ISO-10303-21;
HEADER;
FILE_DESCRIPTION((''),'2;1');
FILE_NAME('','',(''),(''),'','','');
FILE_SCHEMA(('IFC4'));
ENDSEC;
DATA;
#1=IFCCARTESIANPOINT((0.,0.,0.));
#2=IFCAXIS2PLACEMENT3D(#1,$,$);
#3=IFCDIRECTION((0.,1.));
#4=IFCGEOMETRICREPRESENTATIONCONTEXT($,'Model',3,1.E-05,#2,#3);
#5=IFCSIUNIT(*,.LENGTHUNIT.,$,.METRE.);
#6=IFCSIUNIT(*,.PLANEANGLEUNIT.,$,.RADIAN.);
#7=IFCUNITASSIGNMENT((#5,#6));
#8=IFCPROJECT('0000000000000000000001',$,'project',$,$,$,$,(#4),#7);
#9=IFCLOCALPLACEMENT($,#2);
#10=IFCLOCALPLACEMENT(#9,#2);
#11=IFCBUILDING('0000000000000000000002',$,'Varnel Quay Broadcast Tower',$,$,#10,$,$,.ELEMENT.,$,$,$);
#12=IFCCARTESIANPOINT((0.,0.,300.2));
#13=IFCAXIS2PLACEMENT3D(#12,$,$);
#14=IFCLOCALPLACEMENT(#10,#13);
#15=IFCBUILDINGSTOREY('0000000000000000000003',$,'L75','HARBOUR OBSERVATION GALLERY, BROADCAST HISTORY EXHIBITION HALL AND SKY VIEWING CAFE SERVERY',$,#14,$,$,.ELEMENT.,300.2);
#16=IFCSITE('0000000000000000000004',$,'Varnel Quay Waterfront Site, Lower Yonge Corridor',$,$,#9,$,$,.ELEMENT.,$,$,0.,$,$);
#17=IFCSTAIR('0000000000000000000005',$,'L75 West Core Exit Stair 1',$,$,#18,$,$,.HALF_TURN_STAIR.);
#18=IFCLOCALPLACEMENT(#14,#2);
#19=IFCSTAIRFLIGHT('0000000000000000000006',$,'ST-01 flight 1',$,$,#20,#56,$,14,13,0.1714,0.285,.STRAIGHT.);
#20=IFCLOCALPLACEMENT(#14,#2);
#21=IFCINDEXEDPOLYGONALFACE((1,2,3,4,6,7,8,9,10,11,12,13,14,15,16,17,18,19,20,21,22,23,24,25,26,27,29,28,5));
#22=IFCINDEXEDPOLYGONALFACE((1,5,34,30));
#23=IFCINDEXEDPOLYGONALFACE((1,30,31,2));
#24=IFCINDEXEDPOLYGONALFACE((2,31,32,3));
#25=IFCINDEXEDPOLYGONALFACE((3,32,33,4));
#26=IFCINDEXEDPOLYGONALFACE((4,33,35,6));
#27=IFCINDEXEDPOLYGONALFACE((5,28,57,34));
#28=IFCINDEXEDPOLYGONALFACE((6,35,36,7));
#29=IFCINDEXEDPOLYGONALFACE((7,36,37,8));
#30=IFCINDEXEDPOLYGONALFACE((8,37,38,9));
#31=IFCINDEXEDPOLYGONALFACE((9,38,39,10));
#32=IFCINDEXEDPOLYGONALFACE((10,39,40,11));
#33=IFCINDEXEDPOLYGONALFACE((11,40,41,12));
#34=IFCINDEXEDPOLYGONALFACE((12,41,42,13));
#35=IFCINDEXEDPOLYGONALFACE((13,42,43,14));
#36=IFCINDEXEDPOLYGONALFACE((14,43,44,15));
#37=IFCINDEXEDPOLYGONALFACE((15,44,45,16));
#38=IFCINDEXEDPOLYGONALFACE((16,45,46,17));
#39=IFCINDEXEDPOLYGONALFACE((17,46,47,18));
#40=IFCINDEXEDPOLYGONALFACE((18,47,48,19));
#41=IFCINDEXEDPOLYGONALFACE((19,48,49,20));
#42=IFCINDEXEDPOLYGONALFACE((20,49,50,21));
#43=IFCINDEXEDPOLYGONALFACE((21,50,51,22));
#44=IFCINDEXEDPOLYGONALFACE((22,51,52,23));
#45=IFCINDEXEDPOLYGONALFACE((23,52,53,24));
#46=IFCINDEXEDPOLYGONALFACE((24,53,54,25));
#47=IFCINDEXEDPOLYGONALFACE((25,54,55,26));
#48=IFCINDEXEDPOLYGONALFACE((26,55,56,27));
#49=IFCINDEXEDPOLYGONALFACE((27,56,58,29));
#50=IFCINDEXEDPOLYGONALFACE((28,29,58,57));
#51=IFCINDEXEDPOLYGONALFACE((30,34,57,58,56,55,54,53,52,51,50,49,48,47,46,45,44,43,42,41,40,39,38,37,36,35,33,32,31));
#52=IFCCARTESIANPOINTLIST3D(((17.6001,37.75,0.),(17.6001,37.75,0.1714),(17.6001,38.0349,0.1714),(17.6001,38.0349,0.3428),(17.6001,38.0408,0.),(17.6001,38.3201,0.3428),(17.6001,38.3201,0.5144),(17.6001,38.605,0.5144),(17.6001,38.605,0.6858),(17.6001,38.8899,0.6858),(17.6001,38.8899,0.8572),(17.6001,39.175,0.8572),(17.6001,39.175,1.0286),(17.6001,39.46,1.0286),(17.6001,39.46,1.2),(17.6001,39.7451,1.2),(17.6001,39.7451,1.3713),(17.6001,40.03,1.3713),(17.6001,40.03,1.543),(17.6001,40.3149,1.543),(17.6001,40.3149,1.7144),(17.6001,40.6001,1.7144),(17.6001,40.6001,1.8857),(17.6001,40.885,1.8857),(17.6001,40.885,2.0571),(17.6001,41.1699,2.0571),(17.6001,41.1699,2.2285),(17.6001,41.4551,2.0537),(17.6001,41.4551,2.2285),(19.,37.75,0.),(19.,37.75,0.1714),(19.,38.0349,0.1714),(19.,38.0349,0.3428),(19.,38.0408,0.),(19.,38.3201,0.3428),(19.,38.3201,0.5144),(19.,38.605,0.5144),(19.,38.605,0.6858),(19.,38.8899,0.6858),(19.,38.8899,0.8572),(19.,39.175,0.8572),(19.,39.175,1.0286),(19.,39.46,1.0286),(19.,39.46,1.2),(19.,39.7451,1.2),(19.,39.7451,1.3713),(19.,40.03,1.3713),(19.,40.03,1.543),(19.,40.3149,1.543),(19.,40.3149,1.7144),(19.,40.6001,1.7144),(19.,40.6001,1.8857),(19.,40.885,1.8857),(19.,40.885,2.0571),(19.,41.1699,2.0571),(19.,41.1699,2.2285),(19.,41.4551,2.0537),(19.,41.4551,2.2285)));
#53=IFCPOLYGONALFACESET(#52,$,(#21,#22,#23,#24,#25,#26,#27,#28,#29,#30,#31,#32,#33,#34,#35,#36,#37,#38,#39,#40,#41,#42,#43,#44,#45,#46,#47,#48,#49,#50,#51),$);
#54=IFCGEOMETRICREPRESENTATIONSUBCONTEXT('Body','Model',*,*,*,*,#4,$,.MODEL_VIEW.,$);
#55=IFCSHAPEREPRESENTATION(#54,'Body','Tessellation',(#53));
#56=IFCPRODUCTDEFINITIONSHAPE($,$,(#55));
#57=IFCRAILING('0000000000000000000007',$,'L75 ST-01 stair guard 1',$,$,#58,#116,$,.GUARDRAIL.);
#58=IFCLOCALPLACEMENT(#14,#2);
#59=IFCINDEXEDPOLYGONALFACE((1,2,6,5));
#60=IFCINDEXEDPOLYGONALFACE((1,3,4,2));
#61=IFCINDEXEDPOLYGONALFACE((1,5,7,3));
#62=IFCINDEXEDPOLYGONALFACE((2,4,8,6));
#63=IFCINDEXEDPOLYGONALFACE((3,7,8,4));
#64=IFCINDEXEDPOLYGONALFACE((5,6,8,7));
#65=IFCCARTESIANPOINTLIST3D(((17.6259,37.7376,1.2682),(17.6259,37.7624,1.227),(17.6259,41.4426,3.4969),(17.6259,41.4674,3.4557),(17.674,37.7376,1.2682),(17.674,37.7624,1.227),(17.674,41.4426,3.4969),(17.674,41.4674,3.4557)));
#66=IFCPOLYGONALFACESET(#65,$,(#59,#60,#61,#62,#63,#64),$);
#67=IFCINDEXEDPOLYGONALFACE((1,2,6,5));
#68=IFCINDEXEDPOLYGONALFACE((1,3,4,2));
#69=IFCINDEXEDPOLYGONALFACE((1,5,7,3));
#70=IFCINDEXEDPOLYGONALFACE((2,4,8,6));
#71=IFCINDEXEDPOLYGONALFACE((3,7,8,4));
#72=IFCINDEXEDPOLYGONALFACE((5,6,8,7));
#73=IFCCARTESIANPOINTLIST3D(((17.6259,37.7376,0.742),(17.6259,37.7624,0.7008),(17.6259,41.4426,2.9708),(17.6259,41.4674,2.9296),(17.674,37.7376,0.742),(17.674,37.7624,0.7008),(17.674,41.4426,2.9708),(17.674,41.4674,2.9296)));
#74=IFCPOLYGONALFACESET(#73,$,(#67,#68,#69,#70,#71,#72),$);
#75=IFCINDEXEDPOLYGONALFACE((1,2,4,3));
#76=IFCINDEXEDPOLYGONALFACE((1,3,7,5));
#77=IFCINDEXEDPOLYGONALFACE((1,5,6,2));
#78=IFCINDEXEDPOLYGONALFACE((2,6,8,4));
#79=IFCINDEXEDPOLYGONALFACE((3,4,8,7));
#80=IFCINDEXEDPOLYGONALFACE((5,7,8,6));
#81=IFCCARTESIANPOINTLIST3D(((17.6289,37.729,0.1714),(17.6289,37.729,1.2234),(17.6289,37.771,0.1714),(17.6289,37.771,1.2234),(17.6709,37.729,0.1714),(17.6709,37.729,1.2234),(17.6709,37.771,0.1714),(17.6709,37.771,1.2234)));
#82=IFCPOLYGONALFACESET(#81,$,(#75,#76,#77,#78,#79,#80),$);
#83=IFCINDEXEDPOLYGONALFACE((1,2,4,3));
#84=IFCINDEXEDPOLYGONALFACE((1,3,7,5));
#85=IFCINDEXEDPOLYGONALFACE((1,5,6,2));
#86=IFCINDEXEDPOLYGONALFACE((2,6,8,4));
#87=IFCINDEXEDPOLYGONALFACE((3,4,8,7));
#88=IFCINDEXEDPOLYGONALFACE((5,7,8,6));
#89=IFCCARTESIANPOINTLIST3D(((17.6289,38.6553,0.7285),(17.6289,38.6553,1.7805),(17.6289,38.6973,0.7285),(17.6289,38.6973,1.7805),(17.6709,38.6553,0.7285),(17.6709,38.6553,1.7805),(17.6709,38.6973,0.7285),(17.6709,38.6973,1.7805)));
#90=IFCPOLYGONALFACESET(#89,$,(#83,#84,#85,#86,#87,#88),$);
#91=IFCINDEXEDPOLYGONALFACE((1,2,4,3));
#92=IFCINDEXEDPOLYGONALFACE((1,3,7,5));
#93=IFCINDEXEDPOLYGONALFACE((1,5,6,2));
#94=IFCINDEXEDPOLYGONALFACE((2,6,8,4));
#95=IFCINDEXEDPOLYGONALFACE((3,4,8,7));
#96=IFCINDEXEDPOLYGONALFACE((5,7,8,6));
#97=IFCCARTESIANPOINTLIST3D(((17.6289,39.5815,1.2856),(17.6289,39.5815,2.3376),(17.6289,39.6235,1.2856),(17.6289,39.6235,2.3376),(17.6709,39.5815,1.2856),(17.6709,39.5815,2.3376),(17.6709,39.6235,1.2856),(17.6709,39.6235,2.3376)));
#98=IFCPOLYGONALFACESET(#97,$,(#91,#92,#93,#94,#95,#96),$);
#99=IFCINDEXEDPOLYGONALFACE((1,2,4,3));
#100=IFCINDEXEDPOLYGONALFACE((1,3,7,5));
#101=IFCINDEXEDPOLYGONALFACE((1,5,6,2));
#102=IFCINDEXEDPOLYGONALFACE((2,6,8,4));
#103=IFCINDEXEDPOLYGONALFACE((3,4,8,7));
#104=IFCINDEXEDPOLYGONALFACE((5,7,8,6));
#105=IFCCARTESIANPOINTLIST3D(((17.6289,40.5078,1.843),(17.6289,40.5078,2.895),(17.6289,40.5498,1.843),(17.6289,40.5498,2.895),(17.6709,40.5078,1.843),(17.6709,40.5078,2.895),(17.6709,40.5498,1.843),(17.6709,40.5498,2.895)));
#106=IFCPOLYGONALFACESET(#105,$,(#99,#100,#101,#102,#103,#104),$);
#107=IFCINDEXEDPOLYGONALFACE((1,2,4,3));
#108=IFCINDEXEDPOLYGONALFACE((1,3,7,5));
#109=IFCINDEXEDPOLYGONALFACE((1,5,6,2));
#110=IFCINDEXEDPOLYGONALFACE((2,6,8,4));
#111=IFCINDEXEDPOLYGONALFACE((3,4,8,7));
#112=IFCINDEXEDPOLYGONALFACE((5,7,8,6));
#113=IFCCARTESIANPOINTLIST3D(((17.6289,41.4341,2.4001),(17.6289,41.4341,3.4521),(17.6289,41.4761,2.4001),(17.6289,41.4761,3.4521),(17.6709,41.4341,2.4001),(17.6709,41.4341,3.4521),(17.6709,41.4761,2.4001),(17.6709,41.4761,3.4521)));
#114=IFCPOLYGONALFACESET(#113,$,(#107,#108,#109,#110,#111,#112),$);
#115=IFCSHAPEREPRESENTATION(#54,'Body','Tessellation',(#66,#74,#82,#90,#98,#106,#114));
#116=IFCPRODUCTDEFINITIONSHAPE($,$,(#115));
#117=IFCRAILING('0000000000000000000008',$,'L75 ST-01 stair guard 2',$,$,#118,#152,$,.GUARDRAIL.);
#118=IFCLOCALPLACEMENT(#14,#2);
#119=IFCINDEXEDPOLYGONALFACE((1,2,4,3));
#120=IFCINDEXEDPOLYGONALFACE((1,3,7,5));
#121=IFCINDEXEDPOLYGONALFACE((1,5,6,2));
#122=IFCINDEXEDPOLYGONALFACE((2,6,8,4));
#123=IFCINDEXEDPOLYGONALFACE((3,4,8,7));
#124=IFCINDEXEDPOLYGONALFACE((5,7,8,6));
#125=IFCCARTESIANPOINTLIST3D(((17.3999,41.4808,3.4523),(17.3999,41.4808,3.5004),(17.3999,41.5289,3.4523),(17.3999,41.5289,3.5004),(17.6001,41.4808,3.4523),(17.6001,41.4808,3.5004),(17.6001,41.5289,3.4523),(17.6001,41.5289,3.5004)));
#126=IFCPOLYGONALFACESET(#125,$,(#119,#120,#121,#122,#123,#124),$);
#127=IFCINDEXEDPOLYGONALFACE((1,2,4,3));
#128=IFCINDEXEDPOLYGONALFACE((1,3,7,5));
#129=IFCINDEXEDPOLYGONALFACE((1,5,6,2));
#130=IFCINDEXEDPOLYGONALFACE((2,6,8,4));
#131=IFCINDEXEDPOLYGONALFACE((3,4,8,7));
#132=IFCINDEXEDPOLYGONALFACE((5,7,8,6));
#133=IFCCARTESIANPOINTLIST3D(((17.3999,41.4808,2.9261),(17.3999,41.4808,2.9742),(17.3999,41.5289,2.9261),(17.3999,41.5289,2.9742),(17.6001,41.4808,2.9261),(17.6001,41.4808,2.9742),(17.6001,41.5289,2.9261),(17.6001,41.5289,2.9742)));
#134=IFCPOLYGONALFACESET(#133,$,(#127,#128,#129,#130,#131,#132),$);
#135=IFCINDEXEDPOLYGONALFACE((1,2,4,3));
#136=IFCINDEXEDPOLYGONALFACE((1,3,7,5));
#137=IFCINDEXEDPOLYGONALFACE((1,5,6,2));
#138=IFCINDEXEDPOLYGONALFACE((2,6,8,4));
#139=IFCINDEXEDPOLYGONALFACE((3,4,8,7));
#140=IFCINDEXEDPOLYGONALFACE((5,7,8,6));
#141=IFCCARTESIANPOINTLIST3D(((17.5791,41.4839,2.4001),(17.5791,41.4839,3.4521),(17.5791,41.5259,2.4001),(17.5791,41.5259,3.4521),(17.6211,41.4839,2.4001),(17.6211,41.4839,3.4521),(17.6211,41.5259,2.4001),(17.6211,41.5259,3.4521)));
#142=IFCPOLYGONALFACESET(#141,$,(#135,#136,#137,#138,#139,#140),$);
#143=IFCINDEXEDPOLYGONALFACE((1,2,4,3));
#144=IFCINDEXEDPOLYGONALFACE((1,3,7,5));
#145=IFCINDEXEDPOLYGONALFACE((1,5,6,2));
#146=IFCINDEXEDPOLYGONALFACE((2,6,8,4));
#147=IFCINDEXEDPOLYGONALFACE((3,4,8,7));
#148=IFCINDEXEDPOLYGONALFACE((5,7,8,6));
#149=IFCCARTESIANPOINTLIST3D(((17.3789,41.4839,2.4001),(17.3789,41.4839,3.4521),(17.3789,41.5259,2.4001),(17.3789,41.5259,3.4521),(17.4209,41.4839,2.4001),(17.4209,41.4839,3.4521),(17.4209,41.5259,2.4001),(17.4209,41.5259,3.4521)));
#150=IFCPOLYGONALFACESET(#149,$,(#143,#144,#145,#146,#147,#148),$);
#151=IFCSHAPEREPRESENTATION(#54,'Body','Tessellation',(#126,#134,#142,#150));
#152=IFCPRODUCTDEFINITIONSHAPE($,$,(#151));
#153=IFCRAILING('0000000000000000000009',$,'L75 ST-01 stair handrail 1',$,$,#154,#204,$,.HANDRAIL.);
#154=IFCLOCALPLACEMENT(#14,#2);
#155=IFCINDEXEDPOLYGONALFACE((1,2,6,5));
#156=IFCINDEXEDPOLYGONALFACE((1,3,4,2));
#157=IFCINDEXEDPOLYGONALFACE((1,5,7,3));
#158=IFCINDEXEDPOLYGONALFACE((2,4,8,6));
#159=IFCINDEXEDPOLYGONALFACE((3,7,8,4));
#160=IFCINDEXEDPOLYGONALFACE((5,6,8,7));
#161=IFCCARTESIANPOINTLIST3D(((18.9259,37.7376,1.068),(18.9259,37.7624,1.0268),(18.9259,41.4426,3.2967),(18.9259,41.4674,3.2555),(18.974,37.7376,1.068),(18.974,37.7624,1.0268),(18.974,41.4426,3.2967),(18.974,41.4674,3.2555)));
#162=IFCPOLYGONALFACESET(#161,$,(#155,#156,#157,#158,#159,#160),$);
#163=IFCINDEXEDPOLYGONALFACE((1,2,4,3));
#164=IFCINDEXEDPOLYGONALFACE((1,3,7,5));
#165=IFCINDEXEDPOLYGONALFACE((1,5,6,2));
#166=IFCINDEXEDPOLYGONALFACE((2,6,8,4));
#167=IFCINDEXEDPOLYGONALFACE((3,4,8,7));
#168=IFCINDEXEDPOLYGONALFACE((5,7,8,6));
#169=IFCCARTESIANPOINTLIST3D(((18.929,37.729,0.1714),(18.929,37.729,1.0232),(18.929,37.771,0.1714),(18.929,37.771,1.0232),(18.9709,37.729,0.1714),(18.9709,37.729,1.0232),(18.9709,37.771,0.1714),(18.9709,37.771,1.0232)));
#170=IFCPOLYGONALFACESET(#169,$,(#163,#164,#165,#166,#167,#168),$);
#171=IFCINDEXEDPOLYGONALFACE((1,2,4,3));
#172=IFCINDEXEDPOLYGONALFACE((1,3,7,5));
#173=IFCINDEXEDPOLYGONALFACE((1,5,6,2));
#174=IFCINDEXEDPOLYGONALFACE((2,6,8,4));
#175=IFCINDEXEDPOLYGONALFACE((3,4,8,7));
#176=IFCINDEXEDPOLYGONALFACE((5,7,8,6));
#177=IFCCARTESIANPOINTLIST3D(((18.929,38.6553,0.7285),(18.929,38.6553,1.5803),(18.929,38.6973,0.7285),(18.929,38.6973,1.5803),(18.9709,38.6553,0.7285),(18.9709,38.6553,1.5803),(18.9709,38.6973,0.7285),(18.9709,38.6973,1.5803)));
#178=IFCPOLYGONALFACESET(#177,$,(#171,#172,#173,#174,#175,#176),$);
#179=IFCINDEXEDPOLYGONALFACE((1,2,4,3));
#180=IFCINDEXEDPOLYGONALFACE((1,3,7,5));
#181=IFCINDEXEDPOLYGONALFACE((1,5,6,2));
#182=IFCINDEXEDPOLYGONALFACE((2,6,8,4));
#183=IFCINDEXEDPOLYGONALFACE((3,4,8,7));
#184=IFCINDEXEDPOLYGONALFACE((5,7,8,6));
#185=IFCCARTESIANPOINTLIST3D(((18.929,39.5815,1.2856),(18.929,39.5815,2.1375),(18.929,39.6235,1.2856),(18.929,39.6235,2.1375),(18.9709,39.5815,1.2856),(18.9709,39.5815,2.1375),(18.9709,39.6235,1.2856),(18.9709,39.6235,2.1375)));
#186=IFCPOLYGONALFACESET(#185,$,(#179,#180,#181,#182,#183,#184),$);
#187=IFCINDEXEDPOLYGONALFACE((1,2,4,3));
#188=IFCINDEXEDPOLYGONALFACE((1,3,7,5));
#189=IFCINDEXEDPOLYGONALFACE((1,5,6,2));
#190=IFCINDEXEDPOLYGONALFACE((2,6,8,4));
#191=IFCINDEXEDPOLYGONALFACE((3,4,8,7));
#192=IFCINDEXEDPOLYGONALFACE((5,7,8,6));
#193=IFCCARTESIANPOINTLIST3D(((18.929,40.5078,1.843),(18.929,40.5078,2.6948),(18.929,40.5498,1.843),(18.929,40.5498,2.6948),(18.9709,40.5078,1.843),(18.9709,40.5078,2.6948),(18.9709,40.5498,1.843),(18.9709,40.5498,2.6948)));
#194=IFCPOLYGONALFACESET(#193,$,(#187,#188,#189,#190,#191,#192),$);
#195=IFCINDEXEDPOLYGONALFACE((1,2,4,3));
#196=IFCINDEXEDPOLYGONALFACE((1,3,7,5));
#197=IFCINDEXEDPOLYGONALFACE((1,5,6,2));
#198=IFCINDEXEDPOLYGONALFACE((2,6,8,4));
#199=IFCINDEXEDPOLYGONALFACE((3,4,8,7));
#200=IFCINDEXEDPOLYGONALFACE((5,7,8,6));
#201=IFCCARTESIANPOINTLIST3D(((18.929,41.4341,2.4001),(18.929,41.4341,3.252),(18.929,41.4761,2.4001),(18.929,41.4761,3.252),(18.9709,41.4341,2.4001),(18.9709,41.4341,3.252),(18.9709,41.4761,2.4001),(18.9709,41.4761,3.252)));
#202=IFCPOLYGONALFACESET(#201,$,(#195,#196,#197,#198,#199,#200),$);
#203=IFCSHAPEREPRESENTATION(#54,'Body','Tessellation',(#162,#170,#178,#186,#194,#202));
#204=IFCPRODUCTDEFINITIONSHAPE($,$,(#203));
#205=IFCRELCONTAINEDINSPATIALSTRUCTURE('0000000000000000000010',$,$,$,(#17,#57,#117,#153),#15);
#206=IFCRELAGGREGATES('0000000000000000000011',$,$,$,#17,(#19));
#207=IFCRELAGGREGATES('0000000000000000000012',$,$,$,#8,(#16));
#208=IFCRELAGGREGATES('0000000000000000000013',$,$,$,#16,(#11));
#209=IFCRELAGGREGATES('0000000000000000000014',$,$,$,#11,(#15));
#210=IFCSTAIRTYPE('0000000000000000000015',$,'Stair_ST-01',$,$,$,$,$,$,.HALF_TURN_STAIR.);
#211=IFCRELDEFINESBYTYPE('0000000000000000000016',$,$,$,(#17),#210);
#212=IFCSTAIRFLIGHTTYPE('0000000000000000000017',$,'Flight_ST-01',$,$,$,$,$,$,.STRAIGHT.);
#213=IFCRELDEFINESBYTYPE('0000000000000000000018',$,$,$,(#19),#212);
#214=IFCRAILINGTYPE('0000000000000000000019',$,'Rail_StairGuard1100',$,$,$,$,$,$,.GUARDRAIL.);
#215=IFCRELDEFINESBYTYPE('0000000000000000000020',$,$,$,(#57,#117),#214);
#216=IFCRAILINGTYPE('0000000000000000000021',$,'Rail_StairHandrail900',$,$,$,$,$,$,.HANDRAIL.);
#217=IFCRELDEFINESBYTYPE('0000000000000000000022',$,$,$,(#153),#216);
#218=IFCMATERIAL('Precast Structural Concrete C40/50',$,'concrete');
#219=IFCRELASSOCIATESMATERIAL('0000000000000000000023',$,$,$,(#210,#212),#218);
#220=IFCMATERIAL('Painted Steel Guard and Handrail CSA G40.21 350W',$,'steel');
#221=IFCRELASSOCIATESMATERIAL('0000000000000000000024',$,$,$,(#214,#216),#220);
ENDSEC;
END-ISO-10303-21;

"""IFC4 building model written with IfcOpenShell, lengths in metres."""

from ifc_helpers import new_model, si_unit, direction, frame, origin, origin_2d, place, context, subcontext, project, spatial, polyline, rectangle, outline, extrude, material, type_object, element, aggregate, save


model = new_model("IFC4")

# Units and contexts
model_context = context("Model", 3, precision=1e-05, world=origin(), true_north=direction((0.0, 1.0)))
body_context = subcontext(model_context, "Body", "Model", "MODEL_VIEW")
ifc_project = project(units=[si_unit("LENGTHUNIT", "METRE"), si_unit("PLANEANGLEUNIT", "RADIAN")], contexts=[model_context])

# Site, building, storey
site_placement = place(None, origin())
site = spatial("IfcSite", under=ifc_project, at=site_placement, Name="Varnel Quay Waterfront Site, Lower Yonge Corridor", CompositionType="ELEMENT", RefElevation=0.0)
building_placement = place(site_placement, origin())
building = spatial("IfcBuilding", under=site, at=building_placement, Name="Varnel Quay Broadcast Tower", CompositionType="ELEMENT")
storey_placement = place(building_placement, frame((0.0, 0.0, 300.2)))
storey = spatial("IfcBuildingStorey", under=building, at=storey_placement, Name="L75", Description="HARBOUR OBSERVATION GALLERY, BROADCAST HISTORY EXHIBITION HALL AND SKY VIEWING CAFE SERVERY", CompositionType="ELEMENT", Elevation=300.2)

# Stair, stair flight
ifc_material_1 = material(Name="Precast Structural Concrete C40/50", Category="concrete")
stair_type = type_object("IfcStairType", Name="Stair_ST-01", PredefinedType="HALF_TURN_STAIR", material=ifc_material_1)
stair_placement = place(storey_placement, origin())
stair = element("IfcStair", 1, at=stair_placement, inside=storey, type_object=stair_type, Name="L75 West Core Exit Stair 1", PredefinedType="HALF_TURN_STAIR")
stair_flight_type = type_object("IfcStairFlightType", Name="Flight_ST-01", PredefinedType="STRAIGHT", material=ifc_material_1)
stair_flight_placement = place(storey_placement, frame((18.3, 37.75, 0.0), z_axis=(0.0, 0.0, 1.0), x_axis=(0.0, 1.0, 0.0)))
stair_flight = element("IfcStairFlight", 2, at=stair_flight_placement, type_object=stair_flight_type, Name="ST-01 flight 1", NumberOfRisers=14, NumberOfTreads=13, PredefinedType="STRAIGHT", RiserHeight=0.1714, TreadLength=0.285, context=body_context, shape_type="SweptSolid", body=[
    extrude(outline(polyline([(0.0, 0.0), (0.0, 0.1714), (0.2849, 0.1714), (0.2849, 0.3428), (0.5701, 0.3428), (0.5701, 0.5144), (0.855, 0.5144), (0.855, 0.6858), (1.1399, 0.6858), (1.1399, 0.8572), (1.425, 0.8572), (1.425, 1.0286), (1.71, 1.0286), (1.71, 1.2), (1.9951, 1.2), (1.9951, 1.3713), (2.28, 1.3713), (2.28, 1.543), (2.5649, 1.543), (2.5649, 1.7144), (2.8501, 1.7144), (2.8501, 1.8857), (3.135, 1.8857), (3.135, 2.0571), (3.4199, 2.0571), (3.4199, 2.2285), (3.7051, 2.2285), (3.7051, 2.3999), (3.7051, 2.0537), (0.2908, 0.0), (0.0, 0.0)])), frame((0.0, 0.7, 0.0), z_axis=(0.0, -1.0, 0.0), x_axis=(1.0, 0.0, 0.0)), (0.0, 0.0, 1.0), 1.3999),
])
aggregate(stair, [stair_flight])

# Railings
ifc_material_2 = material(Name="Painted Steel Guard and Handrail CSA G40.21 350W", Category="steel")
railing_type_1 = type_object("IfcRailingType", Name="Rail_StairGuard1100", PredefinedType="GUARDRAIL", material=ifc_material_2)
railing_1_placement = place(storey_placement, frame((17.6499, 37.75, 0.1714)))
element("IfcRailing", 3, at=railing_1_placement, inside=storey, type_object=railing_type_1, Name="L75 ST-01 stair guard 1", PredefinedType="GUARDRAIL", context=body_context, shape_type="SweptSolid", body=[
    extrude(rectangle(XDim=0.0481, YDim=0.0481, at=origin_2d()), frame((0.0, 0.0, 1.0762), z_axis=(0.0, 0.856909, 0.515467), x_axis=(-1.0, 0.0, 0.0)), (0.0, 0.0, 1.0), 4.3237),
    extrude(rectangle(XDim=0.0481, YDim=0.0481, at=origin_2d()), frame((0.0, 0.0, 0.55), z_axis=(0.0, 0.856909, 0.515467), x_axis=(-1.0, 0.0, 0.0)), (0.0, 0.0, 1.0), 4.3237),
    extrude(rectangle(XDim=0.042, YDim=0.042, at=origin_2d()), origin(), (0.0, 0.0, 1.0), 1.052),
    extrude(rectangle(XDim=0.042, YDim=0.042, at=origin_2d()), frame((0.0, 0.9263, 0.5571)), (0.0, 0.0, 1.0), 1.052),
    extrude(rectangle(XDim=0.042, YDim=0.042, at=origin_2d()), frame((0.0, 1.8525, 1.1143)), (0.0, 0.0, 1.0), 1.052),
    extrude(rectangle(XDim=0.042, YDim=0.042, at=origin_2d()), frame((0.0, 2.7788, 1.6716)), (0.0, 0.0, 1.0), 1.052),
    extrude(rectangle(XDim=0.042, YDim=0.042, at=origin_2d()), frame((0.0, 3.7051, 2.2288)), (0.0, 0.0, 1.0), 1.052),
])
railing_2_placement = place(storey_placement, frame((17.6001, 41.5049, 2.4001)))
element("IfcRailing", 4, at=railing_2_placement, inside=storey, type_object=railing_type_1, Name="L75 ST-01 stair guard 2", PredefinedType="GUARDRAIL", context=body_context, shape_type="SweptSolid", body=[
    extrude(rectangle(XDim=0.0481, YDim=0.0481, at=origin_2d()), frame((0.0, 0.0, 1.0762), z_axis=(-1.0, 0.0, 0.0), x_axis=(0.0, -1.0, 0.0)), (0.0, 0.0, 1.0), 0.2002),
    extrude(rectangle(XDim=0.0481, YDim=0.0481, at=origin_2d()), frame((0.0, 0.0, 0.55), z_axis=(-1.0, 0.0, 0.0), x_axis=(0.0, -1.0, 0.0)), (0.0, 0.0, 1.0), 0.2002),
    extrude(rectangle(XDim=0.042, YDim=0.042, at=origin_2d()), origin(), (0.0, 0.0, 1.0), 1.052),
    extrude(rectangle(XDim=0.042, YDim=0.042, at=origin_2d()), frame((-0.2002, 0.0, 0.0)), (0.0, 0.0, 1.0), 1.052),
])
railing_type_2 = type_object("IfcRailingType", Name="Rail_StairHandrail900", PredefinedType="HANDRAIL", material=ifc_material_2)
railing_3_placement = place(storey_placement, frame((18.95, 37.75, 0.1714)))
element("IfcRailing", 5, at=railing_3_placement, inside=storey, type_object=railing_type_2, Name="L75 ST-01 stair handrail 1", PredefinedType="HANDRAIL", context=body_context, shape_type="SweptSolid", body=[
    extrude(rectangle(XDim=0.0481, YDim=0.0481, at=origin_2d()), frame((0.0, 0.0, 0.876), z_axis=(0.0, 0.856909, 0.515467), x_axis=(-1.0, 0.0, 0.0)), (0.0, 0.0, 1.0), 4.3237),
    extrude(rectangle(XDim=0.042, YDim=0.042, at=origin_2d()), origin(), (0.0, 0.0, 1.0), 0.8518),
    extrude(rectangle(XDim=0.042, YDim=0.042, at=origin_2d()), frame((0.0, 0.9263, 0.5571)), (0.0, 0.0, 1.0), 0.8518),
    extrude(rectangle(XDim=0.042, YDim=0.042, at=origin_2d()), frame((0.0, 1.8525, 1.1143)), (0.0, 0.0, 1.0), 0.8518),
    extrude(rectangle(XDim=0.042, YDim=0.042, at=origin_2d()), frame((0.0, 2.7788, 1.6716)), (0.0, 0.0, 1.0), 0.8518),
    extrude(rectangle(XDim=0.042, YDim=0.042, at=origin_2d()), frame((0.0, 3.7051, 2.2288)), (0.0, 0.0, 1.0), 0.8518),
])

save(model, "model.ifc")
